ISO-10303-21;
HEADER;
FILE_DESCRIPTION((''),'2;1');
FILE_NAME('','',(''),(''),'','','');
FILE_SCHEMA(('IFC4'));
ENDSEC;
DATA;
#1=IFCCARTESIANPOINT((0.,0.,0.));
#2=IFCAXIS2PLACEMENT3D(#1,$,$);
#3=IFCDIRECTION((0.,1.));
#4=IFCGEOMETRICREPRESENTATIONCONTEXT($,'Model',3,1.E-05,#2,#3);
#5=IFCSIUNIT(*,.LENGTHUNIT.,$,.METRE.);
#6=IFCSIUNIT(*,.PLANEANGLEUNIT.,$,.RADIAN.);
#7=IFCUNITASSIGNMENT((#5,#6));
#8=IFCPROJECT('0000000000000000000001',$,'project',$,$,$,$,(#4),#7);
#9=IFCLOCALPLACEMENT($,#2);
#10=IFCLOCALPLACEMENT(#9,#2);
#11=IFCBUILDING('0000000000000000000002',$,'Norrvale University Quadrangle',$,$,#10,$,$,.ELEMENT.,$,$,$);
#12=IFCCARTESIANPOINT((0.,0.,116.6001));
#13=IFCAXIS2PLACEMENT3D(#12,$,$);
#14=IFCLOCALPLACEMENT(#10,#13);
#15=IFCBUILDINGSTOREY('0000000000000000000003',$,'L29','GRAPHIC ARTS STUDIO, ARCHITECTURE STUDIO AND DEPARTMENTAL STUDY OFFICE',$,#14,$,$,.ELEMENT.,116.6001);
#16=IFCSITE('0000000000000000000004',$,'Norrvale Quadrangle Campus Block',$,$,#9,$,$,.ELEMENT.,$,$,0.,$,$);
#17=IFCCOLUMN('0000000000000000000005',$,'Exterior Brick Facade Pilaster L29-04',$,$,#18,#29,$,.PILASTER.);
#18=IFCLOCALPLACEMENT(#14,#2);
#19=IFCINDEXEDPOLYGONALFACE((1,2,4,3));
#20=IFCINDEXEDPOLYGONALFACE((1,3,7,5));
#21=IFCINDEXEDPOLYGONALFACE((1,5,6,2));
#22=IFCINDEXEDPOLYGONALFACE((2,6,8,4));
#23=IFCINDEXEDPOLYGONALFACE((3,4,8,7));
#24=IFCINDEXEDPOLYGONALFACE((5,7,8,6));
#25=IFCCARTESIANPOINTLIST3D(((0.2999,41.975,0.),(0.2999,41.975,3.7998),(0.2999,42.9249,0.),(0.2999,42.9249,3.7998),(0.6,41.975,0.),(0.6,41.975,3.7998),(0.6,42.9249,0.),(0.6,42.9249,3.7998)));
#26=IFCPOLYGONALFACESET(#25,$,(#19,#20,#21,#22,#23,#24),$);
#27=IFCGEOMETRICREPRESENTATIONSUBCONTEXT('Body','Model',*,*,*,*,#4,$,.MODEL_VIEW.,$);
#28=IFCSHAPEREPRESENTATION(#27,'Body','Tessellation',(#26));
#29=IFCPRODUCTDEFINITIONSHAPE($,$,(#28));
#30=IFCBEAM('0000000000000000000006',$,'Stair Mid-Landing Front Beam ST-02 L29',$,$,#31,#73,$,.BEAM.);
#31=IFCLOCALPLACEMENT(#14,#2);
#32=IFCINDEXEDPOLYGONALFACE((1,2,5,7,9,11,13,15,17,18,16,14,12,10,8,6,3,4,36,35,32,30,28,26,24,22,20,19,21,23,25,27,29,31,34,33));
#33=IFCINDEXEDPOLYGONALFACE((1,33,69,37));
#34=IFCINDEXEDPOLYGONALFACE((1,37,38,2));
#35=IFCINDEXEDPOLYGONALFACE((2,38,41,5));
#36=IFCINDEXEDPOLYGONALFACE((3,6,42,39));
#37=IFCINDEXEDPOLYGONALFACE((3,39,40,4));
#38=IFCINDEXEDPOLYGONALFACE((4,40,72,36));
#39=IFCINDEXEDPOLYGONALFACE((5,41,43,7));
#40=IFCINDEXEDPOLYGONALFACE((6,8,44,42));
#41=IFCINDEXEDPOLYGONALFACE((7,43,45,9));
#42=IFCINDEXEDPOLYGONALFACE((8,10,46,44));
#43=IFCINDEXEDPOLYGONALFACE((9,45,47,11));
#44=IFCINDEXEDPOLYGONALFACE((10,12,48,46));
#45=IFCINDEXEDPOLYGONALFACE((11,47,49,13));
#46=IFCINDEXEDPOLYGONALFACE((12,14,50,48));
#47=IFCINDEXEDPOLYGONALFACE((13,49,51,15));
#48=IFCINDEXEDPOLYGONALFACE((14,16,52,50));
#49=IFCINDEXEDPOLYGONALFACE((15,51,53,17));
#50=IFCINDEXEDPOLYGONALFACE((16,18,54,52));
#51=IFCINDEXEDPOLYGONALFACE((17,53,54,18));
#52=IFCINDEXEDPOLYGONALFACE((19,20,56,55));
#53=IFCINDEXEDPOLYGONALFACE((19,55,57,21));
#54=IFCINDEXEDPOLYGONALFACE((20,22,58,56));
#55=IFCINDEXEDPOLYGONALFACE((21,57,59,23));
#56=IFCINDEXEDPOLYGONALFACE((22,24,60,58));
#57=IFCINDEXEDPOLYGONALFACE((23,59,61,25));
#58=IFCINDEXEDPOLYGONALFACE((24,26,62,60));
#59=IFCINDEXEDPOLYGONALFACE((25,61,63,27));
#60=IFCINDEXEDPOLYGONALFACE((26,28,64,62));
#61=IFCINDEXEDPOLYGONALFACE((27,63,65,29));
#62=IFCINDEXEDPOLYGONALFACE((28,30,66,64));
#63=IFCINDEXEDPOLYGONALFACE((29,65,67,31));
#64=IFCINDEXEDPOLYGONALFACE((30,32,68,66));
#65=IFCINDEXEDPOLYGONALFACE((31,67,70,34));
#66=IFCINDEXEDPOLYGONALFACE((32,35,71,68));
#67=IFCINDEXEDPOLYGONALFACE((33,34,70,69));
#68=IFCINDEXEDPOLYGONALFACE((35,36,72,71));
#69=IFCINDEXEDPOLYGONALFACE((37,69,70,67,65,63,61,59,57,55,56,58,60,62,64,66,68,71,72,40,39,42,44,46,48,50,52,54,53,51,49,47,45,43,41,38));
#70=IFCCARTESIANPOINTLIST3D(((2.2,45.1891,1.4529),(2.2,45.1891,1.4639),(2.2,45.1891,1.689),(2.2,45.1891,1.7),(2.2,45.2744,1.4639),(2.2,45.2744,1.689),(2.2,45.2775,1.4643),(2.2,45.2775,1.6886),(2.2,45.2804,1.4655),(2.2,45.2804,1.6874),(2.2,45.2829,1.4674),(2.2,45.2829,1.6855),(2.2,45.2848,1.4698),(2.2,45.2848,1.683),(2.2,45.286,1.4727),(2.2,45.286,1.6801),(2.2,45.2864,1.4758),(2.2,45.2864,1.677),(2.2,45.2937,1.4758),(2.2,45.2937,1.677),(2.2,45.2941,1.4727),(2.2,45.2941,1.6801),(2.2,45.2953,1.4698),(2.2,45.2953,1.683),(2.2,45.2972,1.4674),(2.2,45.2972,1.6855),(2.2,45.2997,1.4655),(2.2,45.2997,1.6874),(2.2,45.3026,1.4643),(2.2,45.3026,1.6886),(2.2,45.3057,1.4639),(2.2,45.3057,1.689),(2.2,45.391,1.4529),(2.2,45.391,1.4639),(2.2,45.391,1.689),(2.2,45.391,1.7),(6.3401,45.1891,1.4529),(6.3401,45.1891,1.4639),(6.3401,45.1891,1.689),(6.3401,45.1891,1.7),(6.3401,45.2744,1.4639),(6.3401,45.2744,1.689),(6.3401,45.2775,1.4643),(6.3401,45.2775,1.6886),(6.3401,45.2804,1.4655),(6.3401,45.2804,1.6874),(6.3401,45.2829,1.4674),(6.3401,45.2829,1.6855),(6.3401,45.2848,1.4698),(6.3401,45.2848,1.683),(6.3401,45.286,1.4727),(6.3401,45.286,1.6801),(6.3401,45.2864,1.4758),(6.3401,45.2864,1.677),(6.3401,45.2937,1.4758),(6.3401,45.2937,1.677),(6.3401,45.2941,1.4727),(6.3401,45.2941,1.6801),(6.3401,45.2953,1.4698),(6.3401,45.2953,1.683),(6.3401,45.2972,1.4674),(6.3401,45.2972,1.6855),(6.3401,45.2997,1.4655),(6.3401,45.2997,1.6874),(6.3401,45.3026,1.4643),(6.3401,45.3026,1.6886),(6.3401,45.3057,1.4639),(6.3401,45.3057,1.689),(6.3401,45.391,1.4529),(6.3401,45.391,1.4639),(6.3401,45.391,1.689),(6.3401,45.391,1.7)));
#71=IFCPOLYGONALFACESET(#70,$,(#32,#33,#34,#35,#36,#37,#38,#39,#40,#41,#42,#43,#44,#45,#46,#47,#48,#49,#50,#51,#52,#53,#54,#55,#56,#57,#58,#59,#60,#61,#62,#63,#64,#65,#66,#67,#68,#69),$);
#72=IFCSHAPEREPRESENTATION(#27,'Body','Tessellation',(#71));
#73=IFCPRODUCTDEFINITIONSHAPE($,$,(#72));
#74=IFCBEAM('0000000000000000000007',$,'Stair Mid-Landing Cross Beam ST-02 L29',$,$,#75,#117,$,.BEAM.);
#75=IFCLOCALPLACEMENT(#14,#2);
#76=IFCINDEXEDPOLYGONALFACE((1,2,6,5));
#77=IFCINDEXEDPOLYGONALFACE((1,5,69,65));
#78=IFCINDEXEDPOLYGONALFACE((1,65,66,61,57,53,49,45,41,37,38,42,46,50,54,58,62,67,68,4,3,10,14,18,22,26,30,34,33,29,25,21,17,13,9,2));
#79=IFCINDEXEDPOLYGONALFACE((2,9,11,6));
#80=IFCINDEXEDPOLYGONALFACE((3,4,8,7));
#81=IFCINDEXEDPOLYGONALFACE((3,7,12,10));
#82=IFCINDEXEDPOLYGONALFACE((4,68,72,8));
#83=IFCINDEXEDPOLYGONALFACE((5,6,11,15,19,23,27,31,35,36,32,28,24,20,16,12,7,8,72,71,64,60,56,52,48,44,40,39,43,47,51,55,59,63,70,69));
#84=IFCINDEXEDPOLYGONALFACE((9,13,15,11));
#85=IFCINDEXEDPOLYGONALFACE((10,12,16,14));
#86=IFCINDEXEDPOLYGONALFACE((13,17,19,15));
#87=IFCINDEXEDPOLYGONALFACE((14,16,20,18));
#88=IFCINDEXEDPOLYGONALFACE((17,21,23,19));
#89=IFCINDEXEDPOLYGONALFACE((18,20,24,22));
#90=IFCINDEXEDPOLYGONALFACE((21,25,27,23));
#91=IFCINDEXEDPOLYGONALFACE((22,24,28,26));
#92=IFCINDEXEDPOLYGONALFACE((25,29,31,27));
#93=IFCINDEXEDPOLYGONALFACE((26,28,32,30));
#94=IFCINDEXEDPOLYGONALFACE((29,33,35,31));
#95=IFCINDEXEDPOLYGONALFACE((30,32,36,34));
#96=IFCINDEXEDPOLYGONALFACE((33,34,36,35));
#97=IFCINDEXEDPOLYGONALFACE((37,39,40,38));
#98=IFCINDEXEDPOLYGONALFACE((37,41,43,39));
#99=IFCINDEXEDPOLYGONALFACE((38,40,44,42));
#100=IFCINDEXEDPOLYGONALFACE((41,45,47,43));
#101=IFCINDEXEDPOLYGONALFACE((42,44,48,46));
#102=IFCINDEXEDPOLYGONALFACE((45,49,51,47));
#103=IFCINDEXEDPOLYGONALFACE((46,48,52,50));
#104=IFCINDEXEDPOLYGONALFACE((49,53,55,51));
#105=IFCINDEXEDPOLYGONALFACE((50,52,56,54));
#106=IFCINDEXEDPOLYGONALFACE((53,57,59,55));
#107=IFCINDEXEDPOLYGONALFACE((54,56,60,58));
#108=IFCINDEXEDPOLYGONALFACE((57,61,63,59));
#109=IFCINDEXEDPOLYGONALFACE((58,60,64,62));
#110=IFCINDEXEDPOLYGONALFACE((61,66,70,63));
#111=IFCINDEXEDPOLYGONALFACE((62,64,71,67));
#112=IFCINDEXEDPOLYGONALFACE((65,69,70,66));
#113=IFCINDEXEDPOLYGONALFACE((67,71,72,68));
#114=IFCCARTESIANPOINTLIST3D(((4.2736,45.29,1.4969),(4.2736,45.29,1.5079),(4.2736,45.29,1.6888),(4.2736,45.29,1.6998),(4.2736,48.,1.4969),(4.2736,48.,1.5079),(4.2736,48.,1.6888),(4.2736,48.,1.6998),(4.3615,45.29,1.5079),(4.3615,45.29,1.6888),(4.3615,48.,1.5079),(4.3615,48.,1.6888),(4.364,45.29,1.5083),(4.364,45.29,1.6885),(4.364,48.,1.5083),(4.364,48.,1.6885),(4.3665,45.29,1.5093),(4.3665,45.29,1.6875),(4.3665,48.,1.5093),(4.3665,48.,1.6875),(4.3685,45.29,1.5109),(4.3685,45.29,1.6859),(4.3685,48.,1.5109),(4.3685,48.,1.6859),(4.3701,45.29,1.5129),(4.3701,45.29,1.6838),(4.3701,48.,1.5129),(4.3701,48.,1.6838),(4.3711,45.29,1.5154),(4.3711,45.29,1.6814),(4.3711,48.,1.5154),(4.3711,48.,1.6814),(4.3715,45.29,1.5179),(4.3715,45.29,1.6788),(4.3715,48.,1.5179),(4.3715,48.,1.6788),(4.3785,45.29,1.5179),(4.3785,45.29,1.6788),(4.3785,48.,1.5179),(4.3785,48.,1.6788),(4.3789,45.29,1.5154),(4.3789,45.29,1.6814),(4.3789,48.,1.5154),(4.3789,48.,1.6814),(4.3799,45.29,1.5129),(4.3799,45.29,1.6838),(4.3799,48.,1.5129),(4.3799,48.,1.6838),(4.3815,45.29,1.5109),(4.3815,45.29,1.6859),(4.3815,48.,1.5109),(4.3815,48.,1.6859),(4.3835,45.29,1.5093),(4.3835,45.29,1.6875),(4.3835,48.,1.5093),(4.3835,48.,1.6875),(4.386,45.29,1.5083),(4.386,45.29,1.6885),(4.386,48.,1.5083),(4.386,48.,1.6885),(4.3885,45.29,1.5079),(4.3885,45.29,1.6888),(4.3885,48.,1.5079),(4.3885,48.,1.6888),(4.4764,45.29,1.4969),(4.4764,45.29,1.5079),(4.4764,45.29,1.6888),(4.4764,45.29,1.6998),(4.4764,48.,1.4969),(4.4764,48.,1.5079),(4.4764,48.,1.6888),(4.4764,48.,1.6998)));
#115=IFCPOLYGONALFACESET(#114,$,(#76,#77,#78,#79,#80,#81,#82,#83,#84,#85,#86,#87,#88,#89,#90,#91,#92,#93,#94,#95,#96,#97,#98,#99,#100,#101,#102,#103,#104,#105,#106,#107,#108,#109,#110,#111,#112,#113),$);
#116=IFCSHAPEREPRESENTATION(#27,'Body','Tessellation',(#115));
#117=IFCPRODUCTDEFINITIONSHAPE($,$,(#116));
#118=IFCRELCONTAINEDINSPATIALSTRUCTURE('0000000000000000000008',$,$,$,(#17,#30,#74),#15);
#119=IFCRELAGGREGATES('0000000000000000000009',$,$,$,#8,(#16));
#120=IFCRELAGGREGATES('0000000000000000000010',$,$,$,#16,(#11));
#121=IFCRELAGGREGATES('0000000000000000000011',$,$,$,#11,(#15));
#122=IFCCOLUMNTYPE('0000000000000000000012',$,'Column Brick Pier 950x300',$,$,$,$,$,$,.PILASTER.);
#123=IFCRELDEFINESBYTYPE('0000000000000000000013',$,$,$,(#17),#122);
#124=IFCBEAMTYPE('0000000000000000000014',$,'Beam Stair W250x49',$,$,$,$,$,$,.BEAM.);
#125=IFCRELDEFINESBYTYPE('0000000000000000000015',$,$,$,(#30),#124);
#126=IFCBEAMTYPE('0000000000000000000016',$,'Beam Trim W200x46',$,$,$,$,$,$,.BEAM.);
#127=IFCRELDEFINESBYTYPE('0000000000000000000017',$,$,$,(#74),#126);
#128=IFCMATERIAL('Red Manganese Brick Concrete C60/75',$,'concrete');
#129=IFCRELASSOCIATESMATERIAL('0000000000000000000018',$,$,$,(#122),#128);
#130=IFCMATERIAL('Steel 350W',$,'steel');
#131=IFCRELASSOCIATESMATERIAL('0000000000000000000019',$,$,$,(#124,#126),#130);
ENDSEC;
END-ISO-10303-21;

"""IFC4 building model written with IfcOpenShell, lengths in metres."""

from ifc_helpers import new_model, si_unit, direction, frame, origin, origin_2d, place, context, subcontext, project, spatial, rectangle, i_section, extrude, material, material_profile, profile_set, type_object, element, save


model = new_model("IFC4")

# Units and contexts
model_context = context("Model", 3, precision=1e-05, world=origin(), true_north=direction((0.0, 1.0)))
body_context = subcontext(model_context, "Body", "Model", "MODEL_VIEW")
ifc_project = project(units=[si_unit("LENGTHUNIT", "METRE"), si_unit("PLANEANGLEUNIT", "RADIAN")], contexts=[model_context])

# Site, building, storey
site_placement = place(None, origin())
site = spatial("IfcSite", under=ifc_project, at=site_placement, Name="Norrvale Quadrangle Campus Block", CompositionType="ELEMENT", RefElevation=0.0)
building_placement = place(site_placement, origin())
building = spatial("IfcBuilding", under=site, at=building_placement, Name="Norrvale University Quadrangle", CompositionType="ELEMENT")
storey_placement = place(building_placement, frame((0.0, 0.0, 116.6001)))
storey = spatial("IfcBuildingStorey", under=building, at=storey_placement, Name="L29", Description="GRAPHIC ARTS STUDIO, ARCHITECTURE STUDIO AND DEPARTMENTAL STUDY OFFICE", CompositionType="ELEMENT", Elevation=116.6001)

# Column
ifc_material_1 = material(Name="Red Manganese Brick Concrete C60/75", Category="concrete")
ifc_material_profile_1 = material_profile(ifc_material_1, rectangle(XDim=0.95, YDim=0.3, at=origin_2d()), Name="Red Manganese Brick Concrete C60/75")
ifc_profile_set_1 = profile_set([ifc_material_profile_1], Name="Red Manganese Brick Concrete C60/75")
column_type = type_object("IfcColumnType", Name="Column Brick Pier 950x300", PredefinedType="PILASTER", material=ifc_profile_set_1)
column_placement = place(storey_placement, frame((0.45, 42.45, 0.0), z_axis=(0.0, 0.0, 1.0), x_axis=(0.0, 1.0, 0.0)))
element("IfcColumn", 1, at=column_placement, inside=storey, type_object=column_type, Name="Exterior Brick Facade Pilaster L29-04", PredefinedType="PILASTER", context=body_context, shape_type="SweptSolid", body=[
    extrude(rectangle(XDim=0.95, YDim=0.3, at=origin_2d()), origin(), (0.0, 0.0, 1.0), 3.7998),
])

# Beams
ifc_material_2 = material(Name="Steel 350W", Category="steel")
ifc_material_profile_2 = material_profile(ifc_material_2, i_section(OverallWidth=0.2019, OverallDepth=0.2471, WebThickness=0.0073, FlangeThickness=0.011, FilletRadius=0.012, at=origin_2d()), Name="Steel 350W")
ifc_profile_set_2 = profile_set([ifc_material_profile_2], Name="Steel 350W")
beam_type_1 = type_object("IfcBeamType", Name="Beam Stair W250x49", PredefinedType="BEAM", material=ifc_profile_set_2)
beam_1_placement = place(storey_placement, frame((2.2, 45.29, 1.5764), z_axis=(1.0, 0.0, 0.0), x_axis=(0.0, 1.0, 0.0)))
element("IfcBeam", 2, at=beam_1_placement, inside=storey, type_object=beam_type_1, Name="Stair Mid-Landing Front Beam ST-02 L29", PredefinedType="BEAM", context=body_context, shape_type="SweptSolid", body=[
    extrude(i_section(OverallWidth=0.2019, OverallDepth=0.2471, WebThickness=0.0073, FlangeThickness=0.011, FilletRadius=0.012, at=origin_2d()), origin(), (0.0, 0.0, 1.0), 4.1401),
])
ifc_material_profile_3 = material_profile(ifc_material_2, i_section(OverallWidth=0.2029, OverallDepth=0.2029, WebThickness=0.0071, FlangeThickness=0.011, FilletRadius=0.01, at=origin_2d()), Name="Steel 350W")
ifc_profile_set_3 = profile_set([ifc_material_profile_3], Name="Steel 350W")
beam_type_2 = type_object("IfcBeamType", Name="Beam Trim W200x46", PredefinedType="BEAM", material=ifc_profile_set_3)
beam_2_placement = place(storey_placement, frame((4.375, 45.29, 1.5984), z_axis=(0.0, 1.0, 0.0), x_axis=(-1.0, 0.0, 0.0)))
element("IfcBeam", 3, at=beam_2_placement, inside=storey, type_object=beam_type_2, Name="Stair Mid-Landing Cross Beam ST-02 L29", PredefinedType="BEAM", context=body_context, shape_type="SweptSolid", body=[
    extrude(i_section(OverallWidth=0.2029, OverallDepth=0.2029, WebThickness=0.0071, FlangeThickness=0.011, FilletRadius=0.01, at=origin_2d()), origin(), (0.0, 0.0, 1.0), 2.71),
])

save(model, "model.ifc")
